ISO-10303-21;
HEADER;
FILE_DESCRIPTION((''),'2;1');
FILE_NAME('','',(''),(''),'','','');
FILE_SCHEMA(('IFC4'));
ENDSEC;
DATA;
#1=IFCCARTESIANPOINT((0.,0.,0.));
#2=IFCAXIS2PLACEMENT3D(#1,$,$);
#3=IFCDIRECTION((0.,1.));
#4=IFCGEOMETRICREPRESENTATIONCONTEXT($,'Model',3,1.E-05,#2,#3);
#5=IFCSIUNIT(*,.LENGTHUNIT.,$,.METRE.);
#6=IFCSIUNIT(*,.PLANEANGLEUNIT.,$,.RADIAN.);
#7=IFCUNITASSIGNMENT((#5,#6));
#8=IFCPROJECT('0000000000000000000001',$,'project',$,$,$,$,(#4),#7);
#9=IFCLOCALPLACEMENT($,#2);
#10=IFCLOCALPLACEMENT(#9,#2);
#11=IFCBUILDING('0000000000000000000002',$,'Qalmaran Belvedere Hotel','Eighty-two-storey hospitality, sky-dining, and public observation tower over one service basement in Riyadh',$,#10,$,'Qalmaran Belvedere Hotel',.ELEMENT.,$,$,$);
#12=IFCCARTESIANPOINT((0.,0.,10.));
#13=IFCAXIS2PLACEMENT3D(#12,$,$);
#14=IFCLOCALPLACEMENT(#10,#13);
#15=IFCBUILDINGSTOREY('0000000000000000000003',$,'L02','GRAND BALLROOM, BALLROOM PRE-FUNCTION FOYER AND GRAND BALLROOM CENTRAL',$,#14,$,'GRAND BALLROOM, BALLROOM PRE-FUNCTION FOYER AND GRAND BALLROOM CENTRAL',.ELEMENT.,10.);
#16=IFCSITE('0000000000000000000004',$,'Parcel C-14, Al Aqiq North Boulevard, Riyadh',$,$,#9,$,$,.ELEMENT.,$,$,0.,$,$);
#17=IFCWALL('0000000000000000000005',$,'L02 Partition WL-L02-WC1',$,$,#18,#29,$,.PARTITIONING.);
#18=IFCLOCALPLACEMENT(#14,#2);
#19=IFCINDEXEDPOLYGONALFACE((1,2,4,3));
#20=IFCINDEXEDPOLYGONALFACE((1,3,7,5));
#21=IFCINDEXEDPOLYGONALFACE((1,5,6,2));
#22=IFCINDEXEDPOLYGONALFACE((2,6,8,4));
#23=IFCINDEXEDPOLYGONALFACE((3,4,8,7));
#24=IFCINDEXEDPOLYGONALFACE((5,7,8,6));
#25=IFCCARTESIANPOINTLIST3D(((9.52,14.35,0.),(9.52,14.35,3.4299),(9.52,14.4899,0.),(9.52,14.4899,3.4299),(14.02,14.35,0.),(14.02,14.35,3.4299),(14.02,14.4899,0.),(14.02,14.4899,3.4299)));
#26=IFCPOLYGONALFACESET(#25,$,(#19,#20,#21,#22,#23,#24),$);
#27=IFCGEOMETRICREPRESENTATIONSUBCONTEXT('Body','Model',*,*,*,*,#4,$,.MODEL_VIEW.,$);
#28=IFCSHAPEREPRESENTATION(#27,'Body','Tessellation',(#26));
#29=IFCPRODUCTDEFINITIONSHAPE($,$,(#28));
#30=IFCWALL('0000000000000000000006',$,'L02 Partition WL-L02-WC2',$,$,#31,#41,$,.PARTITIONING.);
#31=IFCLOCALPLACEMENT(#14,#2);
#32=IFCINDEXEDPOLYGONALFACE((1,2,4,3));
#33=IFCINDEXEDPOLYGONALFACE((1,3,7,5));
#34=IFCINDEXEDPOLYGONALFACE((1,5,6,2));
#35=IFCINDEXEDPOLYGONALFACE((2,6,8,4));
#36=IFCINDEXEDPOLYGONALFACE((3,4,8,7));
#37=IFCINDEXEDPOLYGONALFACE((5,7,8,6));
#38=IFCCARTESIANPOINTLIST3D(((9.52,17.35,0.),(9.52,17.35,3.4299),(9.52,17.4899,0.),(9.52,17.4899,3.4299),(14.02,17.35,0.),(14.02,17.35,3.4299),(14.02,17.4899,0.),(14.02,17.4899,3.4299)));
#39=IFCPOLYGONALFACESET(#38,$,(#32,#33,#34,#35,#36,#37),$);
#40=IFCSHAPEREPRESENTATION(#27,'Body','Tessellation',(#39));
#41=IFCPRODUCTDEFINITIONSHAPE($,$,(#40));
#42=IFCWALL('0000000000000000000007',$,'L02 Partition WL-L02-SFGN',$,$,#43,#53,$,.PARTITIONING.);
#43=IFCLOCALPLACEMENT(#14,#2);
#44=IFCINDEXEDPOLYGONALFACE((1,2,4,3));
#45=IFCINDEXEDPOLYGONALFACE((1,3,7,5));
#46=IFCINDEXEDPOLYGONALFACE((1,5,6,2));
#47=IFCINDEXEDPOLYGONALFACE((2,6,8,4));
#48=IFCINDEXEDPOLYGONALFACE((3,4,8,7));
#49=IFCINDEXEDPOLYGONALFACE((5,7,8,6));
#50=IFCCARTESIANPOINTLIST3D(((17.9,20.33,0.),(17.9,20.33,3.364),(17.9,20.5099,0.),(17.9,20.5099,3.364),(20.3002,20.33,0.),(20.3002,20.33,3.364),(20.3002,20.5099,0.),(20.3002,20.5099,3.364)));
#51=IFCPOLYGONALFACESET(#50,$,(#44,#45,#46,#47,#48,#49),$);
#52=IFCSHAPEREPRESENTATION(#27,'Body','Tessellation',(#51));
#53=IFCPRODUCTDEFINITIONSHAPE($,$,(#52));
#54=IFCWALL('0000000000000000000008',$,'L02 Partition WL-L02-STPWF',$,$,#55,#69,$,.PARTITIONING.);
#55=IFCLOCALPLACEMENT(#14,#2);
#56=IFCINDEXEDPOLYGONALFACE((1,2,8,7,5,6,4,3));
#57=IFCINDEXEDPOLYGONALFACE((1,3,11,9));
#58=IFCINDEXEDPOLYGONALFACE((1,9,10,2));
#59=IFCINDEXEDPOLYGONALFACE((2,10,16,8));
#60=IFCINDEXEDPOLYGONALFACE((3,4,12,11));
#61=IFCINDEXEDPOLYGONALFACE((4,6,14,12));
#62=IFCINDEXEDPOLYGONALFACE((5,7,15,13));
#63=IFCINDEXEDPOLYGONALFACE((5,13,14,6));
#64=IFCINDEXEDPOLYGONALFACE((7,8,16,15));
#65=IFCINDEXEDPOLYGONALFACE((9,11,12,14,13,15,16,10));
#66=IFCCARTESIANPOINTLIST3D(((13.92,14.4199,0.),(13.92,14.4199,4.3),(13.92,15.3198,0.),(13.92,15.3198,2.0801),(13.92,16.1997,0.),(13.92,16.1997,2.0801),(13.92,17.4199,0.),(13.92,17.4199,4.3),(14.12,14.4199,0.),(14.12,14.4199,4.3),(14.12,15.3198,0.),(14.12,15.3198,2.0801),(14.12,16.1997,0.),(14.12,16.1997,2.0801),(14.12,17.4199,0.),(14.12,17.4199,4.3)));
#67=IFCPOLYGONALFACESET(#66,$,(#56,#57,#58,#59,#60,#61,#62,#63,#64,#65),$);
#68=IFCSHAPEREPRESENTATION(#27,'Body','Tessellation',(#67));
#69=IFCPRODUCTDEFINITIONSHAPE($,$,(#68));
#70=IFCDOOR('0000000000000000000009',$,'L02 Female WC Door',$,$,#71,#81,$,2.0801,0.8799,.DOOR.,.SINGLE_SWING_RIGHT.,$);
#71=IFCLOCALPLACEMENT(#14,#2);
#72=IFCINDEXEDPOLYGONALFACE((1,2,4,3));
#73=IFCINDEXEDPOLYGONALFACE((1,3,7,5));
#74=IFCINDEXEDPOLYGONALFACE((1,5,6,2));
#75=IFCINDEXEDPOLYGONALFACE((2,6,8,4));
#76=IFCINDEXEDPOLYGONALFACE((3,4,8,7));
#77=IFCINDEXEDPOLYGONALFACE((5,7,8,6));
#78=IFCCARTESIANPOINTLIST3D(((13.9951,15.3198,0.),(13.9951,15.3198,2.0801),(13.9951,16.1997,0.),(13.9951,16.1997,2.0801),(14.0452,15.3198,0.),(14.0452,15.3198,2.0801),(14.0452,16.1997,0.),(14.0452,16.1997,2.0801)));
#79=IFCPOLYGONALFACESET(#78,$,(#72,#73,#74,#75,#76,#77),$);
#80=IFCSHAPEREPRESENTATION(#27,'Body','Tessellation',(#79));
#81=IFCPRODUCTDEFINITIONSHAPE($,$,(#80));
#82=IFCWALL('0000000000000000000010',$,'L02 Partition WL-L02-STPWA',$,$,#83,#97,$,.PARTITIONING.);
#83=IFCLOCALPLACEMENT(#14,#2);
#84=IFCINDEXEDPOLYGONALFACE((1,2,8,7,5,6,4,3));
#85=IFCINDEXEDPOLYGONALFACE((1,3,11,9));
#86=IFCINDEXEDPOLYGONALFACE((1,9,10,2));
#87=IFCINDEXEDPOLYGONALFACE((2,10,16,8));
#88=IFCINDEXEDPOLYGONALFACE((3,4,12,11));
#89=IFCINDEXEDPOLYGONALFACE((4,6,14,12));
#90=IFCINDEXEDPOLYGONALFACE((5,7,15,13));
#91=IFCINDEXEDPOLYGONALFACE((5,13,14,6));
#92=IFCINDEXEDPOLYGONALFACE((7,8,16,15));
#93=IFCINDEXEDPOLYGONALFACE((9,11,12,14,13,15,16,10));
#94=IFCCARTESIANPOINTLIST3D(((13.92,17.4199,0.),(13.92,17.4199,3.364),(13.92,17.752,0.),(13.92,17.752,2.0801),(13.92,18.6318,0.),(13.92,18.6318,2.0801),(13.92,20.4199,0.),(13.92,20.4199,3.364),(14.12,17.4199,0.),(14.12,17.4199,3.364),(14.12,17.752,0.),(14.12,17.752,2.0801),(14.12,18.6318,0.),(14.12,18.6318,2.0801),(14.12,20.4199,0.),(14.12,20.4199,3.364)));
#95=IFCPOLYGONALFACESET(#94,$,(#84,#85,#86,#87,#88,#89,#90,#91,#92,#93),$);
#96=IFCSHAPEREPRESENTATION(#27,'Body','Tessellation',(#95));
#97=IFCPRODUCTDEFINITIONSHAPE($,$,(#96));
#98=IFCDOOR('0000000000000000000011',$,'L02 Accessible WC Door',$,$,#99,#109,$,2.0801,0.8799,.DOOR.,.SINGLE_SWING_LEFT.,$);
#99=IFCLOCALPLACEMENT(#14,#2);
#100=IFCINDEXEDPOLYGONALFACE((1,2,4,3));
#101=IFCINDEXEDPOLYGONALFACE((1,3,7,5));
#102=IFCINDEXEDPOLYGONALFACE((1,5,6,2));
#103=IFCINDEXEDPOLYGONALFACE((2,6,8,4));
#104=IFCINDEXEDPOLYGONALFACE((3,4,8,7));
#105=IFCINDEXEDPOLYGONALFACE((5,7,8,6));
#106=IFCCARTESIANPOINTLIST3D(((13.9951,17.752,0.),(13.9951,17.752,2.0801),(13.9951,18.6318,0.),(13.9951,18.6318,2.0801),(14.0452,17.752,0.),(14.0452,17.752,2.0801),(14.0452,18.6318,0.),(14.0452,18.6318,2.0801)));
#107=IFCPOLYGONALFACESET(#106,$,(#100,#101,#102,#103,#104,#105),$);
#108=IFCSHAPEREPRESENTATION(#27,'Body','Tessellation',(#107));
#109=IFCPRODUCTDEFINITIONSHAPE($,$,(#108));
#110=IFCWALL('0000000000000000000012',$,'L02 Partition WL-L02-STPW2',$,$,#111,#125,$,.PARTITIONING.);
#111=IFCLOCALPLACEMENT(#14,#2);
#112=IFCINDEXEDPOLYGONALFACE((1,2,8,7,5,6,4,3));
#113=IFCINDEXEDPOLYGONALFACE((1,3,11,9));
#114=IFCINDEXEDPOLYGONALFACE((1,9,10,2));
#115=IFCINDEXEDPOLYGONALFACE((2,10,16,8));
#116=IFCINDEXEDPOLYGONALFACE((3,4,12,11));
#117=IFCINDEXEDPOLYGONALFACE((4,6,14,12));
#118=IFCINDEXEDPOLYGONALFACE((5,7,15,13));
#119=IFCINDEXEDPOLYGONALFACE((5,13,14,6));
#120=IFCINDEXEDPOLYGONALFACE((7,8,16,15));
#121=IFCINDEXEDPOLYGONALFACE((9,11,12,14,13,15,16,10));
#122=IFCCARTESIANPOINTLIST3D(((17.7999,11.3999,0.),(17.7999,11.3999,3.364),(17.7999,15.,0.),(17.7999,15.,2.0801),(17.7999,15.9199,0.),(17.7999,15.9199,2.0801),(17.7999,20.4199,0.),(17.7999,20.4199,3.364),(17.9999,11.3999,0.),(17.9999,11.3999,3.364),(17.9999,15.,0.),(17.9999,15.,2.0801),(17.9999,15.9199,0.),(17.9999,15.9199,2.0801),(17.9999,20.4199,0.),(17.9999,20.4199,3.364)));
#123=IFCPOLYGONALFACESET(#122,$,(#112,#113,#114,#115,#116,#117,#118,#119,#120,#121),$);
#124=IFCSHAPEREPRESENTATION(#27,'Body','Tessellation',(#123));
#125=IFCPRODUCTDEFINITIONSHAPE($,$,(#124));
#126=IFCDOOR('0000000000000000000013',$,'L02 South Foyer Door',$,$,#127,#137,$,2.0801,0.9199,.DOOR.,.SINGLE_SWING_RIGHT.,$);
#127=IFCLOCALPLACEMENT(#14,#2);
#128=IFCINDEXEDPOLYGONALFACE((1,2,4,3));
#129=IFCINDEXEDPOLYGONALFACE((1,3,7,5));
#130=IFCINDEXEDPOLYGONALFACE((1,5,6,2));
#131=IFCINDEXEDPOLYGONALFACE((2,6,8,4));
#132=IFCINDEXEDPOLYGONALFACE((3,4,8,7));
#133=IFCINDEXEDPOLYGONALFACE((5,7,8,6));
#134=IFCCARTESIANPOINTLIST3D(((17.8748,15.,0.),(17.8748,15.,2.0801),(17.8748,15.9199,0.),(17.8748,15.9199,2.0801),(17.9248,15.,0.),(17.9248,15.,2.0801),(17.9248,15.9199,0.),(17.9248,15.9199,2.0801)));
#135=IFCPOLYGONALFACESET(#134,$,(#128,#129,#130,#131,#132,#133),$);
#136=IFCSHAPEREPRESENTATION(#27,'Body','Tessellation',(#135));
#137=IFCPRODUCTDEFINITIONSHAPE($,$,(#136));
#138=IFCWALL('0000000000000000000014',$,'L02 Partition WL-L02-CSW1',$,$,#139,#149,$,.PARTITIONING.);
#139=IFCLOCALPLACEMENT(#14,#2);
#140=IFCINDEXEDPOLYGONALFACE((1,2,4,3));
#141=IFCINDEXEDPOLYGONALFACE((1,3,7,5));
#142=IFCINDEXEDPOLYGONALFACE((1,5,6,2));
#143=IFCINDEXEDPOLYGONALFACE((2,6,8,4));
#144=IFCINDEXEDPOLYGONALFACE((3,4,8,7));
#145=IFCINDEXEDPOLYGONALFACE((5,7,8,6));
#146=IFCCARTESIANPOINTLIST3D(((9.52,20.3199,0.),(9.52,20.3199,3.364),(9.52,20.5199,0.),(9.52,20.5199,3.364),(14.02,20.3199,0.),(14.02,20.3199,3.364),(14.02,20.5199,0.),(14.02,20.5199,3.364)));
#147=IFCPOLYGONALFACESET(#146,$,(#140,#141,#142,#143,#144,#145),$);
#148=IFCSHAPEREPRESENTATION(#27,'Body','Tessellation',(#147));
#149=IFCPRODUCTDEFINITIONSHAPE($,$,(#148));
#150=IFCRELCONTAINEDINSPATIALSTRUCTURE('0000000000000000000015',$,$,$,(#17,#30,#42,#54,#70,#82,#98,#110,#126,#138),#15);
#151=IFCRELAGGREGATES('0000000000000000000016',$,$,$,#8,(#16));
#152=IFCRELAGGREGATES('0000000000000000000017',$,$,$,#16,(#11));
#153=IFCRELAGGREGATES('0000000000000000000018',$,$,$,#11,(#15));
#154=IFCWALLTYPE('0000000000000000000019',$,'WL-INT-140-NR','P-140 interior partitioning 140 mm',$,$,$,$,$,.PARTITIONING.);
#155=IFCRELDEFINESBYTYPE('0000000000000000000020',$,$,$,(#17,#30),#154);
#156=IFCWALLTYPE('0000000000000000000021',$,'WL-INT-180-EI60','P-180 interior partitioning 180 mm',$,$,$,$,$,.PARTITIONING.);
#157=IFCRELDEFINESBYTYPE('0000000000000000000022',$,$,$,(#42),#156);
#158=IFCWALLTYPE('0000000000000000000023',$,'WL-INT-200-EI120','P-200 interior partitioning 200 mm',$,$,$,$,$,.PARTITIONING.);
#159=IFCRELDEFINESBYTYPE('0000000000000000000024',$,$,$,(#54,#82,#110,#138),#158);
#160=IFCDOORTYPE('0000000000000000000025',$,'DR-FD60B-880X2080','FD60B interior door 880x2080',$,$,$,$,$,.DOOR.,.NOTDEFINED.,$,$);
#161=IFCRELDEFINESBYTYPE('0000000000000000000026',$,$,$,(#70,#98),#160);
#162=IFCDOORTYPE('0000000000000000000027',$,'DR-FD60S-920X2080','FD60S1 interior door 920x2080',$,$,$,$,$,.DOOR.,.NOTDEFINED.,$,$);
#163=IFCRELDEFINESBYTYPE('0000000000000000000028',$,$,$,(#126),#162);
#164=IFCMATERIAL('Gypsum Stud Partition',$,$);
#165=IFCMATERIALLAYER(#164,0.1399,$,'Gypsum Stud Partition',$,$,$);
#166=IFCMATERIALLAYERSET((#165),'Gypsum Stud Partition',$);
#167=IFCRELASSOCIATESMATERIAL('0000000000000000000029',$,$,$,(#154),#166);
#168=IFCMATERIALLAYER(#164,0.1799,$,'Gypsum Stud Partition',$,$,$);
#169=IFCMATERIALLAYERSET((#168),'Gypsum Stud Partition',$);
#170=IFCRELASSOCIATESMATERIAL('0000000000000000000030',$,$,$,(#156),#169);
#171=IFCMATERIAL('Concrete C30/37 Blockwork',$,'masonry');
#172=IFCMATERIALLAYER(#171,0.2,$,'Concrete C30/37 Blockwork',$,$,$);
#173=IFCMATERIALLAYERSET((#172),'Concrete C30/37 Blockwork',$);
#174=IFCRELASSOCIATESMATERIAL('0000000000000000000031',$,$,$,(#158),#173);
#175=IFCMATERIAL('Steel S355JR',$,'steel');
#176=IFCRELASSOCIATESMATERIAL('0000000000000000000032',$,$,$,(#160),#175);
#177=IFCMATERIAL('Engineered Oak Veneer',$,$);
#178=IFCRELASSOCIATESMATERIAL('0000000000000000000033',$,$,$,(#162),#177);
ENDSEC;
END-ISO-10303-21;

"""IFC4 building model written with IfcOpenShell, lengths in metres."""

from ifc_helpers import new_model, si_unit, direction, frame, frame_2d, origin, place, context, subcontext, project, spatial, rectangle, extrude, material, layer, layer_set, type_object, element, fill, save


model = new_model("IFC4")

# Units and contexts
model_context = context("Model", 3, precision=1e-05, world=origin(), true_north=direction((0.0, 1.0)))
body_context = subcontext(model_context, "Body", "Model", "MODEL_VIEW")
ifc_project = project(units=[si_unit("LENGTHUNIT", "METRE"), si_unit("PLANEANGLEUNIT", "RADIAN")], contexts=[model_context])

# Site, building, storey
site_placement = place(None, origin())
site = spatial("IfcSite", under=ifc_project, at=site_placement, Name="Parcel C-14, Al Aqiq North Boulevard, Riyadh", CompositionType="ELEMENT", RefElevation=0.0)
building_placement = place(site_placement, origin())
building = spatial("IfcBuilding", under=site, at=building_placement, Name="Qalmaran Belvedere Hotel", Description="Eighty-two-storey hospitality, sky-dining, and public observation tower over one service basement in Riyadh", LongName="Qalmaran Belvedere Hotel", CompositionType="ELEMENT")
storey_placement = place(building_placement, frame((0.0, 0.0, 10.0)))
storey = spatial("IfcBuildingStorey", under=building, at=storey_placement, Name="L02", Description="GRAND BALLROOM, BALLROOM PRE-FUNCTION FOYER AND GRAND BALLROOM CENTRAL", LongName="GRAND BALLROOM, BALLROOM PRE-FUNCTION FOYER AND GRAND BALLROOM CENTRAL", CompositionType="ELEMENT", Elevation=10.0)

# Shared definitions
ifc_material_1 = material(Name="Steel S355JR", Category="steel")

# Walls
ifc_material_2 = material(Name="Gypsum Stud Partition")
ifc_layer_1 = layer(ifc_material_2, 0.1399, Name="Gypsum Stud Partition")
ifc_layer_set_1 = layer_set([ifc_layer_1], Name="Gypsum Stud Partition")
wall_type_1 = type_object("IfcWallType", Name="WL-INT-140-NR", Description="P-140 interior partitioning 140 mm", PredefinedType="PARTITIONING", material=ifc_layer_set_1)
for number, where, z_axis, x_axis, name in (
    (1, (9.52, 14.4199, 0.0), (0.0, 0.0, 1.0), (1.0, 0.0, 0.0), "L02 Partition WL-L02-WC1"),
    (2, (9.52, 17.4199, 0.0), (0.0, 0.0, 1.0), (1.0, 0.0, 0.0), "L02 Partition WL-L02-WC2"),
):
    element("IfcWall", number, at=place(storey_placement, frame(where, z_axis=z_axis, x_axis=x_axis)), inside=storey, type_object=wall_type_1, Name=name, PredefinedType="PARTITIONING", context=body_context, shape_type="SweptSolid", body=[
        extrude(rectangle(XDim=4.5, YDim=0.1399, at=frame_2d((2.25, 0.0))), origin(), (0.0, 0.0, 1.0), 3.4299),
    ])
ifc_layer_2 = layer(ifc_material_2, 0.1799, Name="Gypsum Stud Partition")
ifc_layer_set_2 = layer_set([ifc_layer_2], Name="Gypsum Stud Partition")
wall_type_2 = type_object("IfcWallType", Name="WL-INT-180-EI60", Description="P-180 interior partitioning 180 mm", PredefinedType="PARTITIONING", material=ifc_layer_set_2)
wall_1_placement = place(storey_placement, frame((17.8999, 20.4199, 0.0), z_axis=(0.0, 0.0, 1.0), x_axis=(1.0, 0.0, 0.0)))
element("IfcWall", 3, at=wall_1_placement, inside=storey, type_object=wall_type_2, Name="L02 Partition WL-L02-SFGN", PredefinedType="PARTITIONING", context=body_context, shape_type="SweptSolid", body=[
    extrude(rectangle(XDim=2.4001, YDim=0.1799, at=frame_2d((1.2002, 0.0))), origin(), (0.0, 0.0, 1.0), 3.364),
])

# Walls, openings, doors
ifc_material_3 = material(Name="Concrete C30/37 Blockwork", Category="masonry")
ifc_layer_3 = layer(ifc_material_3, 0.2, Name="Concrete C30/37 Blockwork")
ifc_layer_set_3 = layer_set([ifc_layer_3], Name="Concrete C30/37 Blockwork")
wall_type_3 = type_object("IfcWallType", Name="WL-INT-200-EI120", Description="P-200 interior partitioning 200 mm", PredefinedType="PARTITIONING", material=ifc_layer_set_3)
wall_2_placement = place(storey_placement, frame((14.02, 14.4199, 0.0), z_axis=(0.0, 0.0, 1.0), x_axis=(0.0, 1.0, 0.0)))
wall_2 = element("IfcWall", 4, at=wall_2_placement, inside=storey, type_object=wall_type_3, Name="L02 Partition WL-L02-STPWF", PredefinedType="PARTITIONING", context=body_context, shape_type="SweptSolid", body=[
    extrude(rectangle(XDim=3.0, YDim=0.2, at=frame_2d((1.5, 0.0))), origin(), (0.0, 0.0, 1.0), 4.3),
])
opening_1_placement = place(wall_2_placement, frame((0.8999, 0.0, 0.0)))
opening_1 = element("IfcOpeningElement", 5, at=opening_1_placement, cuts=wall_2, PredefinedType="OPENING", context=body_context, shape_type="SweptSolid", body=[
    extrude(rectangle(XDim=0.8799, YDim=2.0801, at=frame_2d((0.4399, 1.04))), frame((0.0, 0.1099, 0.0), z_axis=(0.0, -1.0, 0.0), x_axis=(1.0, 0.0, 0.0)), (0.0, 0.0, 1.0), 0.22),
])
door_type_1 = type_object("IfcDoorType", Name="DR-FD60B-880X2080", Description="FD60B interior door 880x2080", OperationType="NOTDEFINED", PredefinedType="DOOR", material=ifc_material_1)
door_1_placement = place(opening_1_placement, origin())
door_1 = element("IfcDoor", 6, at=door_1_placement, inside=storey, type_object=door_type_1, Name="L02 Female WC Door", OperationType="SINGLE_SWING_RIGHT", OverallHeight=2.0801, OverallWidth=0.8799, PredefinedType="DOOR", context=body_context, shape_type="SweptSolid", body=[
    extrude(rectangle(XDim=0.8799, YDim=2.0801, at=frame_2d((0.4399, 1.04))), frame((0.0, 0.0249, 0.0), z_axis=(0.0, -1.0, 0.0), x_axis=(1.0, 0.0, 0.0)), (0.0, 0.0, 1.0), 0.05),
])
fill(opening_1, door_1)
wall_3_placement = place(storey_placement, frame((14.02, 17.4199, 0.0), z_axis=(0.0, 0.0, 1.0), x_axis=(0.0, 1.0, 0.0)))
wall_3 = element("IfcWall", 7, at=wall_3_placement, inside=storey, type_object=wall_type_3, Name="L02 Partition WL-L02-STPWA", PredefinedType="PARTITIONING", context=body_context, shape_type="SweptSolid", body=[
    extrude(rectangle(XDim=3.0, YDim=0.2, at=frame_2d((1.5, 0.0))), origin(), (0.0, 0.0, 1.0), 3.364),
])
opening_2_placement = place(wall_3_placement, frame((0.332, 0.0, 0.0)))
opening_2 = element("IfcOpeningElement", 8, at=opening_2_placement, cuts=wall_3, PredefinedType="OPENING", context=body_context, shape_type="SweptSolid", body=[
    extrude(rectangle(XDim=0.8799, YDim=2.0801, at=frame_2d((0.4399, 1.04))), frame((0.0, 0.1099, 0.0), z_axis=(0.0, -1.0, 0.0), x_axis=(1.0, 0.0, 0.0)), (0.0, 0.0, 1.0), 0.22),
])
door_2_placement = place(opening_2_placement, origin())
door_2 = element("IfcDoor", 9, at=door_2_placement, inside=storey, type_object=door_type_1, Name="L02 Accessible WC Door", OperationType="SINGLE_SWING_LEFT", OverallHeight=2.0801, OverallWidth=0.8799, PredefinedType="DOOR", context=body_context, shape_type="SweptSolid", body=[
    extrude(rectangle(XDim=0.8799, YDim=2.0801, at=frame_2d((0.4399, 1.04))), frame((0.0, 0.0249, 0.0), z_axis=(0.0, -1.0, 0.0), x_axis=(1.0, 0.0, 0.0)), (0.0, 0.0, 1.0), 0.05),
])
fill(opening_2, door_2)
wall_4_placement = place(storey_placement, frame((17.8999, 11.3999, 0.0), z_axis=(0.0, 0.0, 1.0), x_axis=(0.0, 1.0, 0.0)))
wall_4 = element("IfcWall", 10, at=wall_4_placement, inside=storey, type_object=wall_type_3, Name="L02 Partition WL-L02-STPW2", PredefinedType="PARTITIONING", context=body_context, shape_type="SweptSolid", body=[
    extrude(rectangle(XDim=9.02, YDim=0.2, at=frame_2d((4.51, 0.0))), origin(), (0.0, 0.0, 1.0), 3.364),
])
opening_3_placement = place(wall_4_placement, frame((4.52, 0.0, 0.0), z_axis=(0.0, 0.0, 1.0), x_axis=(-1.0, 0.0, 0.0)))
opening_3 = element("IfcOpeningElement", 11, at=opening_3_placement, cuts=wall_4, PredefinedType="OPENING", context=body_context, shape_type="SweptSolid", body=[
    extrude(rectangle(XDim=0.9199, YDim=2.0801, at=frame_2d((0.46, 1.04))), frame((0.0, 0.1099, 0.0), z_axis=(0.0, -1.0, 0.0), x_axis=(1.0, 0.0, 0.0)), (0.0, 0.0, 1.0), 0.22),
])
ifc_material_4 = material(Name="Engineered Oak Veneer")
door_type_2 = type_object("IfcDoorType", Name="DR-FD60S-920X2080", Description="FD60S1 interior door 920x2080", OperationType="NOTDEFINED", PredefinedType="DOOR", material=ifc_material_4)
door_3_placement = place(opening_3_placement, origin())
door_3 = element("IfcDoor", 12, at=door_3_placement, inside=storey, type_object=door_type_2, Name="L02 South Foyer Door", OperationType="SINGLE_SWING_RIGHT", OverallHeight=2.0801, OverallWidth=0.9199, PredefinedType="DOOR", context=body_context, shape_type="SweptSolid", body=[
    extrude(rectangle(XDim=0.9199, YDim=2.0801, at=frame_2d((0.46, 1.04))), frame((0.0, 0.0249, 0.0), z_axis=(0.0, -1.0, 0.0), x_axis=(1.0, 0.0, 0.0)), (0.0, 0.0, 1.0), 0.05),
])
fill(opening_3, door_3)

# Wall
wall_5_placement = place(storey_placement, frame((9.52, 20.4199, 0.0), z_axis=(0.0, 0.0, 1.0), x_axis=(1.0, 0.0, 0.0)))
element("IfcWall", 13, at=wall_5_placement, inside=storey, type_object=wall_type_3, Name="L02 Partition WL-L02-CSW1", PredefinedType="PARTITIONING", context=body_context, shape_type="SweptSolid", body=[
    extrude(rectangle(XDim=4.5, YDim=0.2, at=frame_2d((2.25, 0.0))), origin(), (0.0, 0.0, 1.0), 3.364),
])

save(model, "model.ifc")
